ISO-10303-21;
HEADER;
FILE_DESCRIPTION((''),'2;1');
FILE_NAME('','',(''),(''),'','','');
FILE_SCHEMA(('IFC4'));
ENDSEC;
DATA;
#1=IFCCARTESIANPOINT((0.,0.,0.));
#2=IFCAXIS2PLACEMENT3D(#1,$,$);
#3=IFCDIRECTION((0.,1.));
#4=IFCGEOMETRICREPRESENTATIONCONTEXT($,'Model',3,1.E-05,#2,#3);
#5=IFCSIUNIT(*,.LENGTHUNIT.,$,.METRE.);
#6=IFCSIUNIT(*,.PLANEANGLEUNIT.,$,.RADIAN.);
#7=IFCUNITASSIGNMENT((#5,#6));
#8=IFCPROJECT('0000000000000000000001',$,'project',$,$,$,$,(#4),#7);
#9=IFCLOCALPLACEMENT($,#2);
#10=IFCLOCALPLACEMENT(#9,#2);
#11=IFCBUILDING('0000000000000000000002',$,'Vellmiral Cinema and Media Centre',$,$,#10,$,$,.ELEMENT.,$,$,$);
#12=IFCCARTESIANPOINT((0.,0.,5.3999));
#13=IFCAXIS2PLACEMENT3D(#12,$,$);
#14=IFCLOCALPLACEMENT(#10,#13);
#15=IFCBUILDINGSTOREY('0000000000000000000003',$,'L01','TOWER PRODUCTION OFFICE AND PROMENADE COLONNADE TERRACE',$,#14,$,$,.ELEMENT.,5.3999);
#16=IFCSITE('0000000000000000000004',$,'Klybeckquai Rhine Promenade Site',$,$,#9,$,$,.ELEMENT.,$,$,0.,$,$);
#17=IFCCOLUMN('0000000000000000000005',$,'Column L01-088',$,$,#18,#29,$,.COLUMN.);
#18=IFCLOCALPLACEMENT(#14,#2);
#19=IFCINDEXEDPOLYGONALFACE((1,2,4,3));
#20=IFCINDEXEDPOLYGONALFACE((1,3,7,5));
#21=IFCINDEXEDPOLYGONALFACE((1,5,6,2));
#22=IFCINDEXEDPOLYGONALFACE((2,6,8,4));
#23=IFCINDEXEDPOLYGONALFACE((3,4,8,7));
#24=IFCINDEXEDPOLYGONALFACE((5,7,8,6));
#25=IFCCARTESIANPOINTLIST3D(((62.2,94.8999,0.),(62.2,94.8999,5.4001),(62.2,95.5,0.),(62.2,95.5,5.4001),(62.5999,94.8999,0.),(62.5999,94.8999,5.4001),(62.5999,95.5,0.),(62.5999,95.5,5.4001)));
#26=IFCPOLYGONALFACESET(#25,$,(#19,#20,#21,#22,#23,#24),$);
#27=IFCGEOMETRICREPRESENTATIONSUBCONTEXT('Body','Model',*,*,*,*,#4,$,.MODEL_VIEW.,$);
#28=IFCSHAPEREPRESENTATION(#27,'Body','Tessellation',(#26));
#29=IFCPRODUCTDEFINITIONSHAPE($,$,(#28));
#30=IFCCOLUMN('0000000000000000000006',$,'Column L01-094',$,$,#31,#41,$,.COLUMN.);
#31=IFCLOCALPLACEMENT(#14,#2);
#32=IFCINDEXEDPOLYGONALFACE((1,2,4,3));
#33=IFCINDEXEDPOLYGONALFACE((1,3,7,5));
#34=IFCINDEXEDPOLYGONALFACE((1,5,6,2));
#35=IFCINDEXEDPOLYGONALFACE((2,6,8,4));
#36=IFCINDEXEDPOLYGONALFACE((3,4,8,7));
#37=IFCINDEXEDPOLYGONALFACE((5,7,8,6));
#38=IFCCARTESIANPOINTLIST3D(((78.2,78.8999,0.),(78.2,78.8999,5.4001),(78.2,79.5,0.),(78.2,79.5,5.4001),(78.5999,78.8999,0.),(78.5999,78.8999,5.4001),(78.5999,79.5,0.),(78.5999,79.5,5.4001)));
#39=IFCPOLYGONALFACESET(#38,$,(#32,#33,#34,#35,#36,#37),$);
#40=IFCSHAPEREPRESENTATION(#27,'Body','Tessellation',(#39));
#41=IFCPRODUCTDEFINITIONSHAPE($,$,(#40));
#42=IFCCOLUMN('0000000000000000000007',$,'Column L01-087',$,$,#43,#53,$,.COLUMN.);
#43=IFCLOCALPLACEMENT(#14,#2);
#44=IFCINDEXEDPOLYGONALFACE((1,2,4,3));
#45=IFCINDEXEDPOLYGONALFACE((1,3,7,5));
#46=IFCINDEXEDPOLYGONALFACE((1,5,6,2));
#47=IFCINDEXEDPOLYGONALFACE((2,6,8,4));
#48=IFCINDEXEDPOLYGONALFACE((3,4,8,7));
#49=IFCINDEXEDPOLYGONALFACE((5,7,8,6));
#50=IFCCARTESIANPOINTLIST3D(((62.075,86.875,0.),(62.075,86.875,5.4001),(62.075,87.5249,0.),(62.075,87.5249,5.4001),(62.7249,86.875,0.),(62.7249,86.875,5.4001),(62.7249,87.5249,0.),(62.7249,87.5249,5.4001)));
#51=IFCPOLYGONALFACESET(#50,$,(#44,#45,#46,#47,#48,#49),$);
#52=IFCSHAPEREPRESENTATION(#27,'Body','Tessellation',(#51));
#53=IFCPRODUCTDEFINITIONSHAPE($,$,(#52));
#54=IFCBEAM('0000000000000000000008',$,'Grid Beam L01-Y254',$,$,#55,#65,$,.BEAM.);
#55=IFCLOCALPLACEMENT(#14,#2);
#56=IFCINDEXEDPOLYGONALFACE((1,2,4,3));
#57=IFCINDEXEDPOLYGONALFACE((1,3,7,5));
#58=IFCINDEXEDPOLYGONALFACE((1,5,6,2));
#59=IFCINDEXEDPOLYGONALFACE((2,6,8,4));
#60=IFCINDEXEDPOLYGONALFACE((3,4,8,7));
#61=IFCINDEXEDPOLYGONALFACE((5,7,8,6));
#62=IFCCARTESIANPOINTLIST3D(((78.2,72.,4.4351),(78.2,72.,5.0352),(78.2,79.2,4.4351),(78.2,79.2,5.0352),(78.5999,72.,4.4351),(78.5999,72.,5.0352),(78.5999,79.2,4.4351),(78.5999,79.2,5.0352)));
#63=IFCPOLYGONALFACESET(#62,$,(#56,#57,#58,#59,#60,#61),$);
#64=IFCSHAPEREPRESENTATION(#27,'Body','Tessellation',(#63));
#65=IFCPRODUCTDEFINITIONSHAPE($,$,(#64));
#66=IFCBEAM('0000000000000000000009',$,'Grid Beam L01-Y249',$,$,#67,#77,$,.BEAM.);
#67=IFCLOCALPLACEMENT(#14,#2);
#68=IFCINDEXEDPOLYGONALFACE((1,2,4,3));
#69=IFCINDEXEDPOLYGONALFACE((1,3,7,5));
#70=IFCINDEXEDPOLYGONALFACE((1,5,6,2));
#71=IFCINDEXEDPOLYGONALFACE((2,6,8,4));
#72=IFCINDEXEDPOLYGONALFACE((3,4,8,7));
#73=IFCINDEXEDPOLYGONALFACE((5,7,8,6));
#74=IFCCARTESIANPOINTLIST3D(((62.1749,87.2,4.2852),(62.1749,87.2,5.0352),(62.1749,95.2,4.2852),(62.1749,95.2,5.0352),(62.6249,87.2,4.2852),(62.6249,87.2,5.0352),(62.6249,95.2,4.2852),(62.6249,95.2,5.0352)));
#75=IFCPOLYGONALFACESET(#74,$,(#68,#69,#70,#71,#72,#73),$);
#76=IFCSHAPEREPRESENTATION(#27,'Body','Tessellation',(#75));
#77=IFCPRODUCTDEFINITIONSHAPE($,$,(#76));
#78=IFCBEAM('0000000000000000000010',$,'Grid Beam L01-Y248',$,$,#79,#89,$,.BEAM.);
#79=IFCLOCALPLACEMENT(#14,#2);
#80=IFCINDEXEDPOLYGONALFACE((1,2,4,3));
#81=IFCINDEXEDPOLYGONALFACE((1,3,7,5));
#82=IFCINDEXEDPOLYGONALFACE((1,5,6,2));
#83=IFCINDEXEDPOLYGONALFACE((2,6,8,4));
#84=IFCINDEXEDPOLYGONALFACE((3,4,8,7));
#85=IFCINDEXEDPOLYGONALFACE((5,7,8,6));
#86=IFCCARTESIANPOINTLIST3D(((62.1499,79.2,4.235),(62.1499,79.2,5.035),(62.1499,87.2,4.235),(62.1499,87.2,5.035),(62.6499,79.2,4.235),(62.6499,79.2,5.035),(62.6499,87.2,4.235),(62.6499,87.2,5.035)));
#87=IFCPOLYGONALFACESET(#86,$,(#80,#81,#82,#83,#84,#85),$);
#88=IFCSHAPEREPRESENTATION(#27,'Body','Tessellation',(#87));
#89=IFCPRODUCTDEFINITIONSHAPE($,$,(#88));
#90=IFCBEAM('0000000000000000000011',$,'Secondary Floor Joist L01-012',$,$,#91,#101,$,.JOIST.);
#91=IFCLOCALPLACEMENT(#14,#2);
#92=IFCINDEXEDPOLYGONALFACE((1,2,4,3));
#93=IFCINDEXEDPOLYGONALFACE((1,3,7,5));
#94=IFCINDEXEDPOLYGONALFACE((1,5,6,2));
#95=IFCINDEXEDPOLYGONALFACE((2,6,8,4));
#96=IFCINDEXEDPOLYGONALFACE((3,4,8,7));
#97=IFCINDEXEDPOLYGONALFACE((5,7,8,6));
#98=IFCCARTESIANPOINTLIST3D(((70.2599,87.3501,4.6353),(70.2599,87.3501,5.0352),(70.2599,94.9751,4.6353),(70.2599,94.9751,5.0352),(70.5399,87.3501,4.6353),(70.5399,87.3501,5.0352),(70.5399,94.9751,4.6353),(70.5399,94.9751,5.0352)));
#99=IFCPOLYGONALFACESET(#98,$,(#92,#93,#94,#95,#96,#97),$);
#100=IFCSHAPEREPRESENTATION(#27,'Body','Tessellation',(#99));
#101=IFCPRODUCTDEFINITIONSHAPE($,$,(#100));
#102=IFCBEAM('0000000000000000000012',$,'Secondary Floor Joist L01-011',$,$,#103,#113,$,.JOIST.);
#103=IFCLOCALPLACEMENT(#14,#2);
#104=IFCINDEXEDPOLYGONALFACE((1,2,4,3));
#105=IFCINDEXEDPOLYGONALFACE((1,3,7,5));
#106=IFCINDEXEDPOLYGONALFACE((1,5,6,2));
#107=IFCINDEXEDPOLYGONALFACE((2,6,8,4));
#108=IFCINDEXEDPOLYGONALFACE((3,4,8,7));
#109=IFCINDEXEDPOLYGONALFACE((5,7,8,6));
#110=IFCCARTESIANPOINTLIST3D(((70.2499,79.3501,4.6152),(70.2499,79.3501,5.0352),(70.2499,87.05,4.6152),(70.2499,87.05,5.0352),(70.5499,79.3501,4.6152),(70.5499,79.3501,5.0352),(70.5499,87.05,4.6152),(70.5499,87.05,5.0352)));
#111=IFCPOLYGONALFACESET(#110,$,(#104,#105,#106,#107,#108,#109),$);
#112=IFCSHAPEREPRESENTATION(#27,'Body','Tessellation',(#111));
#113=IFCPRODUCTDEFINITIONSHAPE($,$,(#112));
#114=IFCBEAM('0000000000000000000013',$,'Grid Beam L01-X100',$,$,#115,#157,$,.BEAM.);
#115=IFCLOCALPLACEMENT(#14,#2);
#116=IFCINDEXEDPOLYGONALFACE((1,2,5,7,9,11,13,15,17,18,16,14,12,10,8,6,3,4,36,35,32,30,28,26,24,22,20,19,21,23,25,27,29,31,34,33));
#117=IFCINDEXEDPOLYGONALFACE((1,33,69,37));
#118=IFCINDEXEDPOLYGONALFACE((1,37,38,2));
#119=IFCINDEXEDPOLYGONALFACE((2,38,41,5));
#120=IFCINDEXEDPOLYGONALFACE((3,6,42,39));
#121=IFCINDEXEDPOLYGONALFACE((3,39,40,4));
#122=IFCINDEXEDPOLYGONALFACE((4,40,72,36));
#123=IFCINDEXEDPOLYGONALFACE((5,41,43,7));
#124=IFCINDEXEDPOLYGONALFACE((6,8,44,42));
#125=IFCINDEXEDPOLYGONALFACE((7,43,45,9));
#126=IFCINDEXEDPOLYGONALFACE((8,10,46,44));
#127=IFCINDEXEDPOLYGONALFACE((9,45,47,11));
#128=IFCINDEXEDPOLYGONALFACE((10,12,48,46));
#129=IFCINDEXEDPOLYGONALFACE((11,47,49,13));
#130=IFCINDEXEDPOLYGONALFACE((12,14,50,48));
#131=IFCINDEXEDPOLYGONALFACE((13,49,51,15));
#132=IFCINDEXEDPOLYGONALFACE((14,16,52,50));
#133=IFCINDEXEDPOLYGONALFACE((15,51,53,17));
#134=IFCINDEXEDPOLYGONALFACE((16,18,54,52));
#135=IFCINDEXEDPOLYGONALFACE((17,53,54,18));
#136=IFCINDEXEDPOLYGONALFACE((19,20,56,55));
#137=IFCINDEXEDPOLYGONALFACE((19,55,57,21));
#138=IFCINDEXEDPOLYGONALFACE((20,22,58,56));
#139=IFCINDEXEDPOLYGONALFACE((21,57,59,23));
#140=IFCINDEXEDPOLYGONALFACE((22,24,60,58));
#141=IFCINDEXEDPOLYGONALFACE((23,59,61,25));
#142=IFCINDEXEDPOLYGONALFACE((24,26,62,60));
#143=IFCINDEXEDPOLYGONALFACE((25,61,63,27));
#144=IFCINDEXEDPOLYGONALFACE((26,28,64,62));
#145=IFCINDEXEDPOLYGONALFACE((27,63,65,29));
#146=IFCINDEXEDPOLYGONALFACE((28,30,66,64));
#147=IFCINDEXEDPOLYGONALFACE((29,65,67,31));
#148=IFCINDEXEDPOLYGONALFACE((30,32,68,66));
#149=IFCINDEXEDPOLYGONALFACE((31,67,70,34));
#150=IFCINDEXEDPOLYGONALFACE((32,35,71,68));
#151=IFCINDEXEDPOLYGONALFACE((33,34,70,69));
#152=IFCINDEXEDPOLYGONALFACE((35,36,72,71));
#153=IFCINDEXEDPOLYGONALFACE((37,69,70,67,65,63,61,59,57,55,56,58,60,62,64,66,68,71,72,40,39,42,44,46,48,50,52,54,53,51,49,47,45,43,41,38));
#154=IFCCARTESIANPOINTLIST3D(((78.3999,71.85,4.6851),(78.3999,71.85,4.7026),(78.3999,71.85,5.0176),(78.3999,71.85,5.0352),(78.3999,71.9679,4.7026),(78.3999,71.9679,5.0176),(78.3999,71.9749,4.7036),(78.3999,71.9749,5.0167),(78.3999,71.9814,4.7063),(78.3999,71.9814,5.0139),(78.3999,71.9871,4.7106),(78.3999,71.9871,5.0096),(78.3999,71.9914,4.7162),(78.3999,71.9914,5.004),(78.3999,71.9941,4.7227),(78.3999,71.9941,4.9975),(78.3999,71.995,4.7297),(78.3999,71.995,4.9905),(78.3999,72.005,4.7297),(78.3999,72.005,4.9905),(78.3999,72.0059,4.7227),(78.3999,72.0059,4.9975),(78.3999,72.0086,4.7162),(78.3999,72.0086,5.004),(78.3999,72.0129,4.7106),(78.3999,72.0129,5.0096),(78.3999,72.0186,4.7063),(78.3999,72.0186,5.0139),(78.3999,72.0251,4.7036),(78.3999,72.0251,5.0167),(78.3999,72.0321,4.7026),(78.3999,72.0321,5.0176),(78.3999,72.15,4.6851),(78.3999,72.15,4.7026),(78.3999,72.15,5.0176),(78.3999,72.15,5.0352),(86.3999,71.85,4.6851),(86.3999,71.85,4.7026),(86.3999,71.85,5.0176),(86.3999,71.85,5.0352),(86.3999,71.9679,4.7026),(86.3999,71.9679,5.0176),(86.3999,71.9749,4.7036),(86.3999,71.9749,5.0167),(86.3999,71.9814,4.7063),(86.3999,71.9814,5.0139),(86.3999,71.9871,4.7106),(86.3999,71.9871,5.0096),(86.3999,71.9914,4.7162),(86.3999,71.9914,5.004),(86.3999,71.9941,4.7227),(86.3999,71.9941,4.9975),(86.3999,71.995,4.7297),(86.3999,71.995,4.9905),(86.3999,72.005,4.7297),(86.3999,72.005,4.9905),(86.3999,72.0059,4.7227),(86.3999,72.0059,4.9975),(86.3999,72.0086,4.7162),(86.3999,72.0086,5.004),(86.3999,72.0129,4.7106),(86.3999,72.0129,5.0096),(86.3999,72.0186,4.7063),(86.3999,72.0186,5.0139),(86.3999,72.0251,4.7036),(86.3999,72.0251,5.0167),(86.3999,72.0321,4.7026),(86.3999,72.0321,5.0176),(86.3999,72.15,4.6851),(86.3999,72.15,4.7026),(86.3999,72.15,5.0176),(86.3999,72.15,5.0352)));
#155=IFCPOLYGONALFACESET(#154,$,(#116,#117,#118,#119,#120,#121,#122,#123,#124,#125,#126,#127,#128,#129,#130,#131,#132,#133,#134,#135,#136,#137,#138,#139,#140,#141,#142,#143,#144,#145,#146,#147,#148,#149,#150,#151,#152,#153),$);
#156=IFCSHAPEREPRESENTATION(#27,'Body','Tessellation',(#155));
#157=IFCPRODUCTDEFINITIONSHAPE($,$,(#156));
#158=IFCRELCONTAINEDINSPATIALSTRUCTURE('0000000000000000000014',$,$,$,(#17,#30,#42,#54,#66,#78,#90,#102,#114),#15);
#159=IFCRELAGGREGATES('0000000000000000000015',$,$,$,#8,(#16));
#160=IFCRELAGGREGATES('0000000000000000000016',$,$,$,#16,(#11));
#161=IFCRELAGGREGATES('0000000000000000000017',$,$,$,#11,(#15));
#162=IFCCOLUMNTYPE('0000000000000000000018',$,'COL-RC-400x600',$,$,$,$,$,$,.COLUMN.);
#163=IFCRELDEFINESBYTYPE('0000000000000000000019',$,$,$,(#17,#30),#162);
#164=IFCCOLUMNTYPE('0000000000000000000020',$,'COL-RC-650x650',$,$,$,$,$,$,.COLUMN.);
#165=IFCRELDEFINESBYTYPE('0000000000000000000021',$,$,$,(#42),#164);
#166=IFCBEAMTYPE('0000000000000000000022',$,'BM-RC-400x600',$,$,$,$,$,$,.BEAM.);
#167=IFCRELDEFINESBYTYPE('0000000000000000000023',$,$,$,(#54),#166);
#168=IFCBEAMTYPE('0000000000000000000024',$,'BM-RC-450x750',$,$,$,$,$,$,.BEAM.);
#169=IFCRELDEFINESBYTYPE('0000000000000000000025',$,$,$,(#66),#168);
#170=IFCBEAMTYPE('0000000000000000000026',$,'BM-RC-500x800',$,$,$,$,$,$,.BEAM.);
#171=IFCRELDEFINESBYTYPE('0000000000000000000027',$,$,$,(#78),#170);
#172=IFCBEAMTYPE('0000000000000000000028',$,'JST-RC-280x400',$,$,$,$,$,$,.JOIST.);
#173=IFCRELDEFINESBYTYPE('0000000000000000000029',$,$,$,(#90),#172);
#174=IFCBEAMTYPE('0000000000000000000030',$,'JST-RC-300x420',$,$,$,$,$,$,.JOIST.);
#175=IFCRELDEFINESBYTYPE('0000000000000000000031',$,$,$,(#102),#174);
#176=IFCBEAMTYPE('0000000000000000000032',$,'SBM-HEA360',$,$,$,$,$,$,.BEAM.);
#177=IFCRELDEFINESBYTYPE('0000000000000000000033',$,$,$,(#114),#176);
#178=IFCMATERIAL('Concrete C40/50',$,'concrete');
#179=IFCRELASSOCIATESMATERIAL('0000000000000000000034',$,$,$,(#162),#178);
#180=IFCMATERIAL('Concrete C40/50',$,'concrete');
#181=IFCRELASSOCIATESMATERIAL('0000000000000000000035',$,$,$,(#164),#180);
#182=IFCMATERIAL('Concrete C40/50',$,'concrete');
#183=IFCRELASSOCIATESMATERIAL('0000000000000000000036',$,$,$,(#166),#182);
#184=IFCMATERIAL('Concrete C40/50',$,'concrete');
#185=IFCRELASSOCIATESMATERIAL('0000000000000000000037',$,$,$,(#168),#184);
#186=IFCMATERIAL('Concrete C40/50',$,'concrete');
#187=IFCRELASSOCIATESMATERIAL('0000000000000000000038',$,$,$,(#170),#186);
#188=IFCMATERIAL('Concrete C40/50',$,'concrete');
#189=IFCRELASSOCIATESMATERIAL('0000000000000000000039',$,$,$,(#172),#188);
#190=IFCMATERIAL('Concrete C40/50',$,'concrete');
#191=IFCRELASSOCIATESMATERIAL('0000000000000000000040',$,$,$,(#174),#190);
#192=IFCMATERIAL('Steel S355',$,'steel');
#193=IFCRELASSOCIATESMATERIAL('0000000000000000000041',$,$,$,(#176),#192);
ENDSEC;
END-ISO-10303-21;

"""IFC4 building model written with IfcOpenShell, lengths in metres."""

from ifc_helpers import new_model, si_unit, direction, frame, origin, origin_2d, place, context, subcontext, project, spatial, rectangle, i_section, extrude, material, material_profile, profile_set, type_object, element, save


model = new_model("IFC4")

# Units and contexts
model_context = context("Model", 3, precision=1e-05, world=origin(), true_north=direction((0.0, 1.0)))
body_context = subcontext(model_context, "Body", "Model", "MODEL_VIEW")
ifc_project = project(units=[si_unit("LENGTHUNIT", "METRE"), si_unit("PLANEANGLEUNIT", "RADIAN")], contexts=[model_context])

# Site, building, storey
site_placement = place(None, origin())
site = spatial("IfcSite", under=ifc_project, at=site_placement, Name="Klybeckquai Rhine Promenade Site", CompositionType="ELEMENT", RefElevation=0.0)
building_placement = place(site_placement, origin())
building = spatial("IfcBuilding", under=site, at=building_placement, Name="Vellmiral Cinema and Media Centre", CompositionType="ELEMENT")
storey_placement = place(building_placement, frame((0.0, 0.0, 5.3999)))
storey = spatial("IfcBuildingStorey", under=building, at=storey_placement, Name="L01", Description="TOWER PRODUCTION OFFICE AND PROMENADE COLONNADE TERRACE", CompositionType="ELEMENT", Elevation=5.3999)

# Columns
ifc_material_1 = material(Name="Concrete C40/50", Category="concrete")
ifc_material_profile_1 = material_profile(ifc_material_1, rectangle(XDim=0.3999, YDim=0.6001, at=origin_2d()), Name="RC 400x600")
ifc_profile_set_1 = profile_set([ifc_material_profile_1], Name="Concrete C40/50")
column_type_1 = type_object("IfcColumnType", Name="COL-RC-400x600", PredefinedType="COLUMN", material=ifc_profile_set_1)
for number, where, z_axis, x_axis, name in (
    (1, (62.3999, 95.2, 0.0), (0.0, 0.0, 1.0), (1.0, 0.0, 0.0), "Column L01-088"),
    (2, (78.3999, 79.2, 0.0), (0.0, 0.0, 1.0), (1.0, 0.0, 0.0), "Column L01-094"),
):
    element("IfcColumn", number, at=place(storey_placement, frame(where, z_axis=z_axis, x_axis=x_axis)), inside=storey, type_object=column_type_1, Name=name, PredefinedType="COLUMN", context=body_context, shape_type="SweptSolid", body=[
        extrude(rectangle(XDim=0.3999, YDim=0.6001, at=origin_2d()), origin(), (0.0, 0.0, 1.0), 5.4001),
    ])
ifc_material_2 = material(Name="Concrete C40/50", Category="concrete")
ifc_material_profile_2 = material_profile(ifc_material_2, rectangle(XDim=0.6499, YDim=0.6499, at=origin_2d()), Name="RC 650x650")
ifc_profile_set_2 = profile_set([ifc_material_profile_2], Name="Concrete C40/50")
column_type_2 = type_object("IfcColumnType", Name="COL-RC-650x650", PredefinedType="COLUMN", material=ifc_profile_set_2)
column_placement = place(storey_placement, frame((62.3999, 87.2, 0.0), z_axis=(0.0, 0.0, 1.0), x_axis=(1.0, 0.0, 0.0)))
element("IfcColumn", 3, at=column_placement, inside=storey, type_object=column_type_2, Name="Column L01-087", PredefinedType="COLUMN", context=body_context, shape_type="SweptSolid", body=[
    extrude(rectangle(XDim=0.6499, YDim=0.6499, at=origin_2d()), origin(), (0.0, 0.0, 1.0), 5.4001),
])

# Beams
ifc_material_3 = material(Name="Concrete C40/50", Category="concrete")
ifc_material_profile_3 = material_profile(ifc_material_3, rectangle(XDim=0.3999, YDim=0.6001, at=origin_2d()), Name="RC 400x600")
ifc_profile_set_3 = profile_set([ifc_material_profile_3], Name="Concrete C40/50")
beam_type_1 = type_object("IfcBeamType", Name="BM-RC-400x600", PredefinedType="BEAM", material=ifc_profile_set_3)
beam_1_placement = place(storey_placement, frame((78.3999, 72.0, 4.7351), z_axis=(0.0, 1.0, 0.0), x_axis=(-1.0, 0.0, 0.0)))
element("IfcBeam", 4, at=beam_1_placement, inside=storey, type_object=beam_type_1, Name="Grid Beam L01-Y254", PredefinedType="BEAM", context=body_context, shape_type="SweptSolid", body=[
    extrude(rectangle(XDim=0.3999, YDim=0.6001, at=origin_2d()), origin(), (0.0, 0.0, 1.0), 7.2),
])
ifc_material_4 = material(Name="Concrete C40/50", Category="concrete")
ifc_material_profile_4 = material_profile(ifc_material_4, rectangle(XDim=0.45, YDim=0.75, at=origin_2d()), Name="RC 450x750")
ifc_profile_set_4 = profile_set([ifc_material_profile_4], Name="Concrete C40/50")
beam_type_2 = type_object("IfcBeamType", Name="BM-RC-450x750", PredefinedType="BEAM", material=ifc_profile_set_4)
beam_2_placement = place(storey_placement, frame((62.3999, 87.2, 4.6602), z_axis=(0.0, 1.0, 0.0), x_axis=(-1.0, 0.0, 0.0)))
element("IfcBeam", 5, at=beam_2_placement, inside=storey, type_object=beam_type_2, Name="Grid Beam L01-Y249", PredefinedType="BEAM", context=body_context, shape_type="SweptSolid", body=[
    extrude(rectangle(XDim=0.45, YDim=0.75, at=origin_2d()), origin(), (0.0, 0.0, 1.0), 8.0),
])
ifc_material_5 = material(Name="Concrete C40/50", Category="concrete")
ifc_material_profile_5 = material_profile(ifc_material_5, rectangle(XDim=0.5, YDim=0.8, at=origin_2d()), Name="RC 500x800")
ifc_profile_set_5 = profile_set([ifc_material_profile_5], Name="Concrete C40/50")
beam_type_3 = type_object("IfcBeamType", Name="BM-RC-500x800", PredefinedType="BEAM", material=ifc_profile_set_5)
beam_3_placement = place(storey_placement, frame((62.3999, 79.2, 4.635), z_axis=(0.0, 1.0, 0.0), x_axis=(-1.0, 0.0, 0.0)))
element("IfcBeam", 6, at=beam_3_placement, inside=storey, type_object=beam_type_3, Name="Grid Beam L01-Y248", PredefinedType="BEAM", context=body_context, shape_type="SweptSolid", body=[
    extrude(rectangle(XDim=0.5, YDim=0.8, at=origin_2d()), origin(), (0.0, 0.0, 1.0), 8.0),
])
ifc_material_6 = material(Name="Concrete C40/50", Category="concrete")
ifc_material_profile_6 = material_profile(ifc_material_6, rectangle(XDim=0.28, YDim=0.3999, at=origin_2d()), Name="RC 280x400")
ifc_profile_set_6 = profile_set([ifc_material_profile_6], Name="Concrete C40/50")
beam_type_4 = type_object("IfcBeamType", Name="JST-RC-280x400", PredefinedType="JOIST", material=ifc_profile_set_6)
beam_4_placement = place(storey_placement, frame((70.3999, 87.3501, 4.8352), z_axis=(0.0, 1.0, 0.0), x_axis=(-1.0, 0.0, 0.0)))
element("IfcBeam", 7, at=beam_4_placement, inside=storey, type_object=beam_type_4, Name="Secondary Floor Joist L01-012", PredefinedType="JOIST", context=body_context, shape_type="SweptSolid", body=[
    extrude(rectangle(XDim=0.28, YDim=0.3999, at=origin_2d()), origin(), (0.0, 0.0, 1.0), 7.625),
])
ifc_material_7 = material(Name="Concrete C40/50", Category="concrete")
ifc_material_profile_7 = material_profile(ifc_material_7, rectangle(XDim=0.3, YDim=0.4199, at=origin_2d()), Name="RC 300x420")
ifc_profile_set_7 = profile_set([ifc_material_profile_7], Name="Concrete C40/50")
beam_type_5 = type_object("IfcBeamType", Name="JST-RC-300x420", PredefinedType="JOIST", material=ifc_profile_set_7)
beam_5_placement = place(storey_placement, frame((70.3999, 79.3501, 4.8252), z_axis=(0.0, 1.0, 0.0), x_axis=(-1.0, 0.0, 0.0)))
element("IfcBeam", 8, at=beam_5_placement, inside=storey, type_object=beam_type_5, Name="Secondary Floor Joist L01-011", PredefinedType="JOIST", context=body_context, shape_type="SweptSolid", body=[
    extrude(rectangle(XDim=0.3, YDim=0.4199, at=origin_2d()), origin(), (0.0, 0.0, 1.0), 7.7),
])
ifc_material_8 = material(Name="Steel S355", Category="steel")
ifc_material_profile_8 = material_profile(ifc_material_8, i_section(OverallWidth=0.3, OverallDepth=0.3501, WebThickness=0.01, FlangeThickness=0.0176, FilletRadius=0.0271, at=origin_2d()), Name="HEA 360")
ifc_profile_set_8 = profile_set([ifc_material_profile_8], Name="Steel S355")
beam_type_6 = type_object("IfcBeamType", Name="SBM-HEA360", PredefinedType="BEAM", material=ifc_profile_set_8)
for number, where, z_axis, x_axis, name in (
    (9, (78.3999, 72.0, 4.8601), (1.0, 0.0, 0.0), (0.0, 1.0, 0.0), "Grid Beam L01-X100"),
):
    element("IfcBeam", number, at=place(storey_placement, frame(where, z_axis=z_axis, x_axis=x_axis)), inside=storey, type_object=beam_type_6, Name=name, PredefinedType="BEAM", context=body_context, shape_type="SweptSolid", body=[
        extrude(i_section(OverallWidth=0.3, OverallDepth=0.3501, WebThickness=0.01, FlangeThickness=0.0176, FilletRadius=0.0271, at=origin_2d()), origin(), (0.0, 0.0, 1.0), 8.0),
    ])

save(model, "model.ifc")
